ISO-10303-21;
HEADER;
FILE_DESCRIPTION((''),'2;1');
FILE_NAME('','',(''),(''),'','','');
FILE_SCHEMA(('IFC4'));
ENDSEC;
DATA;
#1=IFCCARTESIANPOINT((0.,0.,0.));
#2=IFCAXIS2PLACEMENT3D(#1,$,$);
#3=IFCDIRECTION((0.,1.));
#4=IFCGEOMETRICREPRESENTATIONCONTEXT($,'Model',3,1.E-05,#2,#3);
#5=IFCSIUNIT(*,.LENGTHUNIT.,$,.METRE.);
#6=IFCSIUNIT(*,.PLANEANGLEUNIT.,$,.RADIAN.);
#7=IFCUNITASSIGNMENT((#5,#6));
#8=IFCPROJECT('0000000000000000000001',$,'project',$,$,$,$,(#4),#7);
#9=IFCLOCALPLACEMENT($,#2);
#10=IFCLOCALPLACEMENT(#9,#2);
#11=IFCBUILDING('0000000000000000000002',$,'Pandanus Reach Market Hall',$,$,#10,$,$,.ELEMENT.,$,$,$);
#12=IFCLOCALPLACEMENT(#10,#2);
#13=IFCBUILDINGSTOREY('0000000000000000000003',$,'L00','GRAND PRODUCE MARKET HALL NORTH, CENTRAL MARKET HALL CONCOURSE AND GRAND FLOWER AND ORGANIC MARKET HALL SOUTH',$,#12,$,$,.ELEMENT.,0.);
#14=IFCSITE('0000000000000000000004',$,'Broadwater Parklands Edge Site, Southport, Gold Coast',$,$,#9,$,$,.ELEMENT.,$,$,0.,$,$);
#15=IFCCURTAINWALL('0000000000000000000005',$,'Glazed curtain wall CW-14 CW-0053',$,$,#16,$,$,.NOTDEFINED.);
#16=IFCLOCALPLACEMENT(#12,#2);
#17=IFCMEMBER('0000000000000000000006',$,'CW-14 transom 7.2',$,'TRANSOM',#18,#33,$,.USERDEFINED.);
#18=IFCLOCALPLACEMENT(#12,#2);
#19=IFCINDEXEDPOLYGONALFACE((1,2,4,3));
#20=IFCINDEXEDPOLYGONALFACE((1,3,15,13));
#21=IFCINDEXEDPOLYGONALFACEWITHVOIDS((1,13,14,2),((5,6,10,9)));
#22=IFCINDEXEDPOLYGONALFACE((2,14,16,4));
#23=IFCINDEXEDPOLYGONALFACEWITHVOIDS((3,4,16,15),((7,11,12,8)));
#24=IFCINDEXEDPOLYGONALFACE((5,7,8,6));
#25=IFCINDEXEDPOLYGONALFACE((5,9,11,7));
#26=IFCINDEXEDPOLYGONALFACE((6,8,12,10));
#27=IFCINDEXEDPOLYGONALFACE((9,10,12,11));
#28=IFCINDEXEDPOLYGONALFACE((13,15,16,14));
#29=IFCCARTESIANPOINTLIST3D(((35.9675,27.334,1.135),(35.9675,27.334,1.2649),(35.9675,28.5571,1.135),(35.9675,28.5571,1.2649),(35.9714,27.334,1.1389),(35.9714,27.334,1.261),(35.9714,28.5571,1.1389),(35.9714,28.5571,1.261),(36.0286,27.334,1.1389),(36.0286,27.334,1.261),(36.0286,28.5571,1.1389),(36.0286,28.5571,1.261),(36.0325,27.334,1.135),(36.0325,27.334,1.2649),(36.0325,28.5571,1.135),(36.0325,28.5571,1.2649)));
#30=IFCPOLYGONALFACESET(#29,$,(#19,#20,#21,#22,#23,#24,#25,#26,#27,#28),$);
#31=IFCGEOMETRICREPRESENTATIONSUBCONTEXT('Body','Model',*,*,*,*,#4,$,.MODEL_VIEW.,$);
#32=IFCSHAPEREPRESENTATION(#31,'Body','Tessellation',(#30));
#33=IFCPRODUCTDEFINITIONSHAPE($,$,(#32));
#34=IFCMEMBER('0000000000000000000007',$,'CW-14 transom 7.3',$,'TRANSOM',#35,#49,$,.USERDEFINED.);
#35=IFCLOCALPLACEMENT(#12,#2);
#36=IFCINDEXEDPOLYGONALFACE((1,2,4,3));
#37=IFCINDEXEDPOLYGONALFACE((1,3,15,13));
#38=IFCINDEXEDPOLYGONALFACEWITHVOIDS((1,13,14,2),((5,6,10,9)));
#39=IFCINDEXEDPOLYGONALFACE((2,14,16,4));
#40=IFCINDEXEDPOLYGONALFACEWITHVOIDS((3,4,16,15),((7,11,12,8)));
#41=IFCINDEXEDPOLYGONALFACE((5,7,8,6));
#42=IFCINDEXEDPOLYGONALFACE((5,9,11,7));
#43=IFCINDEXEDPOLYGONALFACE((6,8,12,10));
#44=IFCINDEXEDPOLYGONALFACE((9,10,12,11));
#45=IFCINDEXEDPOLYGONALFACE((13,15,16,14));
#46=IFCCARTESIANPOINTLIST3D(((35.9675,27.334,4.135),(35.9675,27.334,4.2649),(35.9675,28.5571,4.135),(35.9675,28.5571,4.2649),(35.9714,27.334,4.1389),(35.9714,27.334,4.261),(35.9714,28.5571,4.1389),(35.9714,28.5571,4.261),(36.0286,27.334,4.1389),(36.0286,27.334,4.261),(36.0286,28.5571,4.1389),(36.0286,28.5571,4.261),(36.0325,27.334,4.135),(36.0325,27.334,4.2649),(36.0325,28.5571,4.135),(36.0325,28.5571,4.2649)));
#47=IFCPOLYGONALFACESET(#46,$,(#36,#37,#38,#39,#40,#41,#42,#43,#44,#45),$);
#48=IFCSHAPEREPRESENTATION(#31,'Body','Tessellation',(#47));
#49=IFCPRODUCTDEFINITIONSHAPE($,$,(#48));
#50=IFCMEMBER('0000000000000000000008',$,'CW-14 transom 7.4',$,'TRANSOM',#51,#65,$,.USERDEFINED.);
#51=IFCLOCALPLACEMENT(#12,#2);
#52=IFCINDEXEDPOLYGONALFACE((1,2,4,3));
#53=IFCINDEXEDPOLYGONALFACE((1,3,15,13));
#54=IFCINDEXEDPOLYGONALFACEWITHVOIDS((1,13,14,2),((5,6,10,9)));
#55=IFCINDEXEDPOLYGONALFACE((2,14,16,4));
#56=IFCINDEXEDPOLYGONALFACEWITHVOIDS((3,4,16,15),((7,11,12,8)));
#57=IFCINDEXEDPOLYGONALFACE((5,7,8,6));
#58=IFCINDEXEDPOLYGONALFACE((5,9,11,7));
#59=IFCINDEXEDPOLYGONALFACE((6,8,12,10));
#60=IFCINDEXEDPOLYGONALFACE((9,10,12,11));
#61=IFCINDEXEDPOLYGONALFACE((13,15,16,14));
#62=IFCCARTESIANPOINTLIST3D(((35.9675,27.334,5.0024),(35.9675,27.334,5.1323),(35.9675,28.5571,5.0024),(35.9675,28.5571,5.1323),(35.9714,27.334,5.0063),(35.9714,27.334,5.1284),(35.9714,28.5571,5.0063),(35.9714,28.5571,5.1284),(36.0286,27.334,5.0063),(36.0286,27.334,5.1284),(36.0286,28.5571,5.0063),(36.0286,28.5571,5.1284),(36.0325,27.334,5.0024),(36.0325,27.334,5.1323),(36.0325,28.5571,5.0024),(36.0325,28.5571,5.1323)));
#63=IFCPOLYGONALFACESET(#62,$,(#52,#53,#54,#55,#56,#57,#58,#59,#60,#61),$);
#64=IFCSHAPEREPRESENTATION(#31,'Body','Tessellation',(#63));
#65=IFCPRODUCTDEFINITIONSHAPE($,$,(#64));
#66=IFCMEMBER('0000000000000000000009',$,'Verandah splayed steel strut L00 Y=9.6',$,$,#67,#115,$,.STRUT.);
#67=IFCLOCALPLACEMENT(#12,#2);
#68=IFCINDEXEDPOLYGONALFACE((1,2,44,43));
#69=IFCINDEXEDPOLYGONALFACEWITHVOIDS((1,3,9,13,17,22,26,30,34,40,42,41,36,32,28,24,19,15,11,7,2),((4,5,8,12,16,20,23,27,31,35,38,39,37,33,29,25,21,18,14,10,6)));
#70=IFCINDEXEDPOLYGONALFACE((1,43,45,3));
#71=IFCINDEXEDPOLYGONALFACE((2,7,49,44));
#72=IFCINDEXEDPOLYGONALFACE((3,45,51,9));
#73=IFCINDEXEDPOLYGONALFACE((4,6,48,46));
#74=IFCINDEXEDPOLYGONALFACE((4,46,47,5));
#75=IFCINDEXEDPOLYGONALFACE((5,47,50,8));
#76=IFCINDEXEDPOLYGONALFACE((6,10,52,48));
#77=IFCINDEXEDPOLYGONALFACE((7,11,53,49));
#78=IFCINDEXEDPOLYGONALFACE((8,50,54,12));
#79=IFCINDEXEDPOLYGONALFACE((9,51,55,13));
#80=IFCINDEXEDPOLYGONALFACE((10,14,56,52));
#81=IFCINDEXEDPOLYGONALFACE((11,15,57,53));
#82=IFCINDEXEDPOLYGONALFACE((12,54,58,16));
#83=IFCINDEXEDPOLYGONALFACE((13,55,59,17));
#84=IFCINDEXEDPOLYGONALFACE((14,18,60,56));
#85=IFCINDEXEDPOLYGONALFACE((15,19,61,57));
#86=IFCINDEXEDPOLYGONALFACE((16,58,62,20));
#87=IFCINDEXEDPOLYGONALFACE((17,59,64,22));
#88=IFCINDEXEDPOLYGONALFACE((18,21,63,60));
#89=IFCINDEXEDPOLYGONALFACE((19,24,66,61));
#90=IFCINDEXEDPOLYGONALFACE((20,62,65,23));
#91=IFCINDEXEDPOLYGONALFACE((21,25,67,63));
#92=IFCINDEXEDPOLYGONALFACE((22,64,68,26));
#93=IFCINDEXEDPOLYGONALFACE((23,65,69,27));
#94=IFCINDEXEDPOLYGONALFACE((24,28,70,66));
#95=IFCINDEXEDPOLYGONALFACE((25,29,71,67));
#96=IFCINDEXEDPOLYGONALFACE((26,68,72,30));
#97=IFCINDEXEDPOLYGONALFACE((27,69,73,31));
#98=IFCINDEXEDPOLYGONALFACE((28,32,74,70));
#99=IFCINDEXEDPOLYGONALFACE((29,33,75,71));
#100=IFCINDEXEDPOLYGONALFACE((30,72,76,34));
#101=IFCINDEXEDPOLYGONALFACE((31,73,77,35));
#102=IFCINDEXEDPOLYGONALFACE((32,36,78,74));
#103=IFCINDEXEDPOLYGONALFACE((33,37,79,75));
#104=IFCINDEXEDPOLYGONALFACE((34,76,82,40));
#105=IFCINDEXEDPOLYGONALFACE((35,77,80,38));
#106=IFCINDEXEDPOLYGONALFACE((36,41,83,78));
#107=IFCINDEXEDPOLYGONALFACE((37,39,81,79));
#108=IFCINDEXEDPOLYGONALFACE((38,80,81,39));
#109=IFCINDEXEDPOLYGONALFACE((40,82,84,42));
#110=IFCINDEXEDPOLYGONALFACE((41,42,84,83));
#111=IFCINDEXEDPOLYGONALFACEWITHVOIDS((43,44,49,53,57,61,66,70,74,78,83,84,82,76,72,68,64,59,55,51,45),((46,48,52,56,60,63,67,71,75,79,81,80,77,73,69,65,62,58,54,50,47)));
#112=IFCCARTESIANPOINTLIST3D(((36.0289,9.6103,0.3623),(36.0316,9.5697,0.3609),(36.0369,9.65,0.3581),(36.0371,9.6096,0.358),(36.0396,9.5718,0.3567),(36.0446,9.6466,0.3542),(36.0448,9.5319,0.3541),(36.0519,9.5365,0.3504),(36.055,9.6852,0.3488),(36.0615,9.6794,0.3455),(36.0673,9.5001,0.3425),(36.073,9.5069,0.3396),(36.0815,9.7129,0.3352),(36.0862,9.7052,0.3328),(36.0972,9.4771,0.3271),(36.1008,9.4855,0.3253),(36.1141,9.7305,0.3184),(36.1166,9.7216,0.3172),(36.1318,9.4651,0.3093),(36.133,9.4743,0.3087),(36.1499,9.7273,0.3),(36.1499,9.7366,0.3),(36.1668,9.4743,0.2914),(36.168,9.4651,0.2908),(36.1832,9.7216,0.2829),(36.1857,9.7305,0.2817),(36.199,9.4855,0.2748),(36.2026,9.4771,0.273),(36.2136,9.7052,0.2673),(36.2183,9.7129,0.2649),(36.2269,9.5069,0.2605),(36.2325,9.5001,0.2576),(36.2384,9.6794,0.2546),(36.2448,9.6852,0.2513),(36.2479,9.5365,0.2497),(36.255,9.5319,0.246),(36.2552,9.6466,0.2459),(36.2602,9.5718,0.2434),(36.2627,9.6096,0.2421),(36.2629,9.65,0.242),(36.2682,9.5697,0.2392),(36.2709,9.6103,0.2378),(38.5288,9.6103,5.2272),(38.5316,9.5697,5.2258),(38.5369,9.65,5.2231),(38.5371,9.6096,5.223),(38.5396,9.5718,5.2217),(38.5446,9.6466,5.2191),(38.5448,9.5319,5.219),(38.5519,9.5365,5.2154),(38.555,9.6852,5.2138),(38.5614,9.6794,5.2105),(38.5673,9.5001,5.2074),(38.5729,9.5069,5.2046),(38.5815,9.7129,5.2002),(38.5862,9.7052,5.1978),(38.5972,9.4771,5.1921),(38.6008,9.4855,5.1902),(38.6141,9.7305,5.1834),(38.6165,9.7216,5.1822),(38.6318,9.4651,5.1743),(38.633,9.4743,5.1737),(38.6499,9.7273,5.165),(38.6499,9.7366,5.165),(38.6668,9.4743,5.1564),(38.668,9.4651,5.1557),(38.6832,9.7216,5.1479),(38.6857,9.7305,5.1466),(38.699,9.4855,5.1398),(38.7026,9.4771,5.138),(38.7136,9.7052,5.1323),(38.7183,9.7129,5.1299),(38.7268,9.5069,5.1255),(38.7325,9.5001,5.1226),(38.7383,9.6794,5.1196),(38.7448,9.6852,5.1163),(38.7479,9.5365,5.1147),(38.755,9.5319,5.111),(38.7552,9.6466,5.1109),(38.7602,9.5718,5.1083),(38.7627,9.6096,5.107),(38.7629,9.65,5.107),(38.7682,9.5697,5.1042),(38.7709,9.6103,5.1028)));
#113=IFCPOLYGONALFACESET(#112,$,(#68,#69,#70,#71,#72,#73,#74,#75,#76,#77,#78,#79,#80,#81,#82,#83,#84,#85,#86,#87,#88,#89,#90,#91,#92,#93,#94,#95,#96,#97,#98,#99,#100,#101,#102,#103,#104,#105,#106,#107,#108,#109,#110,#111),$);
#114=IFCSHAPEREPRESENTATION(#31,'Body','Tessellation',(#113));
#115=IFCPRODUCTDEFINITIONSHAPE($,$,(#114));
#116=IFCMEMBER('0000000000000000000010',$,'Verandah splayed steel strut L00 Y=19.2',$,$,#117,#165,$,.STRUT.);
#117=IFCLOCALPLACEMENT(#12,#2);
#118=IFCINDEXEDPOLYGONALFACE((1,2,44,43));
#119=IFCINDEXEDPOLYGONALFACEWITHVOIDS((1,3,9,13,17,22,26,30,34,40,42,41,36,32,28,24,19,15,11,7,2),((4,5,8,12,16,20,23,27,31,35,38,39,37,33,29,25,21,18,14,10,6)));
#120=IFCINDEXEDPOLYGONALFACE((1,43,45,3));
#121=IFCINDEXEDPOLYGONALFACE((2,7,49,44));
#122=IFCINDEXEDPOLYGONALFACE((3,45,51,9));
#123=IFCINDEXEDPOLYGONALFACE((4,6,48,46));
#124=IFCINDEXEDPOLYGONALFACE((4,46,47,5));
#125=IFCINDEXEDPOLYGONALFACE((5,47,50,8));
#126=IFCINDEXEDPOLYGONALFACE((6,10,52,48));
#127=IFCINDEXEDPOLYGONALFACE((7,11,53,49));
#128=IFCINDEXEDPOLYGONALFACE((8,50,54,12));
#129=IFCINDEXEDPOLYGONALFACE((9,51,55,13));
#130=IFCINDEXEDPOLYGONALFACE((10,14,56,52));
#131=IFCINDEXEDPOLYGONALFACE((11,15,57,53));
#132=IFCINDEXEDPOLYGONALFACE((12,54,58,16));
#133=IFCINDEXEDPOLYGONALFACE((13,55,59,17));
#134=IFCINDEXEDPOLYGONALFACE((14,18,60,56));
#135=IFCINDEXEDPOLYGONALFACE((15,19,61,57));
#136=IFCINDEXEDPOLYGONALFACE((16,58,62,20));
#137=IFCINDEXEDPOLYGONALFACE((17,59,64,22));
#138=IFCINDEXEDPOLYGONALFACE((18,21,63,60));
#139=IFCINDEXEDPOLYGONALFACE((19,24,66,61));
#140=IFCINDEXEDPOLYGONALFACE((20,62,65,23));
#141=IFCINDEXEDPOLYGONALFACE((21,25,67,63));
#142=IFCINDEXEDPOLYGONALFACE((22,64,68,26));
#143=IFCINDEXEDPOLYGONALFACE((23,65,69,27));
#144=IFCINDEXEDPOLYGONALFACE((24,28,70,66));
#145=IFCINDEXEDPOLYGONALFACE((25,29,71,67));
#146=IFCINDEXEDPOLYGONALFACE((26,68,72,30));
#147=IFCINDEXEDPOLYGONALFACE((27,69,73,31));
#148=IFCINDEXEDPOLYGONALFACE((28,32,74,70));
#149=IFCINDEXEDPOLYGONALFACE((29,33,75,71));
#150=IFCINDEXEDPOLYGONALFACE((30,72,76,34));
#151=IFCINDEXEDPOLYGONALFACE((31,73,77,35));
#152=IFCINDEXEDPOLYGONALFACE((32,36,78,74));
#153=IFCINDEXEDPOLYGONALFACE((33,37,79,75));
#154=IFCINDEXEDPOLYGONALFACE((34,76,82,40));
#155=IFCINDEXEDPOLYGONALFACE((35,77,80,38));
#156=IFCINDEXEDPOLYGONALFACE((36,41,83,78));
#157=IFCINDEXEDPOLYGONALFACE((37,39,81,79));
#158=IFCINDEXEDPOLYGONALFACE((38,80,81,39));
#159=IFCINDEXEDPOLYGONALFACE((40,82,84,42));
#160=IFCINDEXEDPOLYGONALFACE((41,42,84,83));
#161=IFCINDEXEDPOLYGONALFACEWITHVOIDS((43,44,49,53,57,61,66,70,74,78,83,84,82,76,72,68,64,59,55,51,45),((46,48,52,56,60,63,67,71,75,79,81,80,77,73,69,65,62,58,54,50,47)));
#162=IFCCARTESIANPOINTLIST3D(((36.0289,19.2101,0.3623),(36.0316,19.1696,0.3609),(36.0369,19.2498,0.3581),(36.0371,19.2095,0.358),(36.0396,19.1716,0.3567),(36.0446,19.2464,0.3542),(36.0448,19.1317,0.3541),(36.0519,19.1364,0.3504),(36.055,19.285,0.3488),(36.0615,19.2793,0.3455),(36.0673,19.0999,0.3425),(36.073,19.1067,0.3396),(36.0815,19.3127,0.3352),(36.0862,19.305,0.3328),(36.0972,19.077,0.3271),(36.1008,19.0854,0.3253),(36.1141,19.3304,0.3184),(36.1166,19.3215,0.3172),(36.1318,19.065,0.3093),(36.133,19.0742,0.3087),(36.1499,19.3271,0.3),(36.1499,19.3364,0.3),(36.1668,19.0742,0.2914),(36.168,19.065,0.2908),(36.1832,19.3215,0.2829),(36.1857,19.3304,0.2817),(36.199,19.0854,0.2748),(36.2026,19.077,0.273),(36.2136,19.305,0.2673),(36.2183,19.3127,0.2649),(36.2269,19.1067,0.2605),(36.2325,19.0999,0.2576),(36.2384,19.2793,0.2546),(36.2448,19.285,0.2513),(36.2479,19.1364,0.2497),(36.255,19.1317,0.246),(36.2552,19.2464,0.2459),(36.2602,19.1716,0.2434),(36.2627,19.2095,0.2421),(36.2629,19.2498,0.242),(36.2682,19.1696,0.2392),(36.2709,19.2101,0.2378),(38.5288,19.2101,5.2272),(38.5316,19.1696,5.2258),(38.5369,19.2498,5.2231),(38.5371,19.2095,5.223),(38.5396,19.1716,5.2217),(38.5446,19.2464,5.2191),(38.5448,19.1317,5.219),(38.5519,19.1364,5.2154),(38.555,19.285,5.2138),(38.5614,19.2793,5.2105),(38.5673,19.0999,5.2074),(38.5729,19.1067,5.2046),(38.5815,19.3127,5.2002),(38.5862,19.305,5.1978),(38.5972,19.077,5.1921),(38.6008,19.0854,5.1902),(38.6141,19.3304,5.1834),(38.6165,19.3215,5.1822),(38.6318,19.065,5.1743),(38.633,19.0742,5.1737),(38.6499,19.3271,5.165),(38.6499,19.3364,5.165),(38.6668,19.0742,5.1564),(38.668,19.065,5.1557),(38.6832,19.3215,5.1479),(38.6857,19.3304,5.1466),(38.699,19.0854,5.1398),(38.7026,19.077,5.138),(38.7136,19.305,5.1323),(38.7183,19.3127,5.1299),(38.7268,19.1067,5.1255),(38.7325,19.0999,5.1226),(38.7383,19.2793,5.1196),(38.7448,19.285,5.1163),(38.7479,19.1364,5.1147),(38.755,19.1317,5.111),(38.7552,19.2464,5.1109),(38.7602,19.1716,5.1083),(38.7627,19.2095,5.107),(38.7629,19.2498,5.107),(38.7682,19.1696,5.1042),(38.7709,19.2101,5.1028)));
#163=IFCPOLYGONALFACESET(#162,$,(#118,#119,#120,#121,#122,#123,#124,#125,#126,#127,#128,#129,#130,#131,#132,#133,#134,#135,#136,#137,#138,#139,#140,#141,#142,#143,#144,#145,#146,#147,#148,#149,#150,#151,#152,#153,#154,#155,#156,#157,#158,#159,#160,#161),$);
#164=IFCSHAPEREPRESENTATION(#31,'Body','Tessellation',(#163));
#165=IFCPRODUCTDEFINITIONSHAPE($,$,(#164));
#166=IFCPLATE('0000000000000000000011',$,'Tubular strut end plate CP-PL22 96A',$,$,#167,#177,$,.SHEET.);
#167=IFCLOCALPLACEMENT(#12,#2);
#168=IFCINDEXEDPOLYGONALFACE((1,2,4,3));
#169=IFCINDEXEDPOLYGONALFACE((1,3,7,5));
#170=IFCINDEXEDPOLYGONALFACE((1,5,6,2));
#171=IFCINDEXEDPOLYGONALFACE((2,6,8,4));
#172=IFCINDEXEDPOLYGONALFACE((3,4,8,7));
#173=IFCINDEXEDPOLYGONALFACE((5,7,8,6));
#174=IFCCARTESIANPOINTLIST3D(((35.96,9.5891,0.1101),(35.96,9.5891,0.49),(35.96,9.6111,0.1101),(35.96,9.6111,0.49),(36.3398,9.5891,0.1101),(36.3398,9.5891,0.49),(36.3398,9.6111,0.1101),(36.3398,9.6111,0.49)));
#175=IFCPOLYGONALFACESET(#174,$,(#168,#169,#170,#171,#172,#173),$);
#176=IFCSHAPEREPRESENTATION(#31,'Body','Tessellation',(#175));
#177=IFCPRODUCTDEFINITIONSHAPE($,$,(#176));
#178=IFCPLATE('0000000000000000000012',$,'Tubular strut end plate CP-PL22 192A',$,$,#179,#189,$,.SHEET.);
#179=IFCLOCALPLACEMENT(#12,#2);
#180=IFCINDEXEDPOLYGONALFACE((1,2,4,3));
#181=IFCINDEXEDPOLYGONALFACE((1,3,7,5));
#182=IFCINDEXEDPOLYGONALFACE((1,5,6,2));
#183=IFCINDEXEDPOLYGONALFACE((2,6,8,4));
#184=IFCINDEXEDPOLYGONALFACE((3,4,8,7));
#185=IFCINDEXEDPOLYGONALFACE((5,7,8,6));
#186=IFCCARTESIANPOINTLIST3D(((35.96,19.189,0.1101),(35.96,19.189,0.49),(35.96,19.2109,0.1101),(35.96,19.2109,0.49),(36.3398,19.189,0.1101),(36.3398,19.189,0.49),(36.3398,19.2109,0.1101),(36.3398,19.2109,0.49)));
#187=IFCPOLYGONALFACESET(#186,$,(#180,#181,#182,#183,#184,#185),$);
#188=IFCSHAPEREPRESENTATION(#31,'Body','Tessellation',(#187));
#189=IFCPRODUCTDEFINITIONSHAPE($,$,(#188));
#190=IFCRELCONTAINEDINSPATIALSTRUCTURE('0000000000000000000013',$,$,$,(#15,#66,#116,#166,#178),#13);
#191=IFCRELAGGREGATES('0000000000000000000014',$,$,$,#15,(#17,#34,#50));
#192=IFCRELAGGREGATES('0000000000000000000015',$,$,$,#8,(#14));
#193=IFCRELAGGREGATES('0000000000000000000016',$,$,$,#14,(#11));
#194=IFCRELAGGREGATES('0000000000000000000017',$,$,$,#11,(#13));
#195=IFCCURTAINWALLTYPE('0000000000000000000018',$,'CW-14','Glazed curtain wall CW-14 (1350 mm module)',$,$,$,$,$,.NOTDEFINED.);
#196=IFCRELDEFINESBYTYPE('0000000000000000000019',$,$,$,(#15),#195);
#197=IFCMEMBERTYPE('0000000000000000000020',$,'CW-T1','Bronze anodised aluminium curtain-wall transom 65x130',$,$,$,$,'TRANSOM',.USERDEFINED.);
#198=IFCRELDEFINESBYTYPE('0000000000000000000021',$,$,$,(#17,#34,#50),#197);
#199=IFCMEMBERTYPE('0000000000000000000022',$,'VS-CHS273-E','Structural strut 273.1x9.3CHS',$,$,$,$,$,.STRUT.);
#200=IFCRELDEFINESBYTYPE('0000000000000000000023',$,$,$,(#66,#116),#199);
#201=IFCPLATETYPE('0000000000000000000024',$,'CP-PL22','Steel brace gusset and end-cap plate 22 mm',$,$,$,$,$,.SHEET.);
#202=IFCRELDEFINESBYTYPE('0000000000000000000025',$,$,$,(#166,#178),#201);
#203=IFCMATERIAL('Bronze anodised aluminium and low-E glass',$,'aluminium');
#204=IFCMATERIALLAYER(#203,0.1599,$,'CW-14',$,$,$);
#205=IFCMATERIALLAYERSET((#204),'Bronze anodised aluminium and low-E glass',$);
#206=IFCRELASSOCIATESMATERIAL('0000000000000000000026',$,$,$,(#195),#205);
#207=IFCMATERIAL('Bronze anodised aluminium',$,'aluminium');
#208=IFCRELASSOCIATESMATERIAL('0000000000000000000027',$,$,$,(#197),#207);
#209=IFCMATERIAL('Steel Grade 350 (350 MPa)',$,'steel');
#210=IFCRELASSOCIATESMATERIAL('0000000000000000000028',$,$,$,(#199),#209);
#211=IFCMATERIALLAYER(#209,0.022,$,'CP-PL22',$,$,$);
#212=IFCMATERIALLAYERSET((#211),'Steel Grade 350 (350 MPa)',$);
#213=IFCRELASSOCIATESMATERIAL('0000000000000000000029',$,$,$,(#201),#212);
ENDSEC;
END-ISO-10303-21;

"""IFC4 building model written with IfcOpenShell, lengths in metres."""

from ifc_helpers import new_model, si_unit, direction, frame, origin, origin_2d, place, context, subcontext, project, spatial, rectangle, hollow_rectangle, hollow_circle, extrude, material, layer, layer_set, material_profile, profile_set, type_object, element, aggregate, save


model = new_model("IFC4")

# Units and contexts
model_context = context("Model", 3, precision=1e-05, world=origin(), true_north=direction((0.0, 1.0)))
body_context = subcontext(model_context, "Body", "Model", "MODEL_VIEW")
ifc_project = project(units=[si_unit("LENGTHUNIT", "METRE"), si_unit("PLANEANGLEUNIT", "RADIAN")], contexts=[model_context])

# Site, building, storey
site_placement = place(None, origin())
site = spatial("IfcSite", under=ifc_project, at=site_placement, Name="Broadwater Parklands Edge Site, Southport, Gold Coast", CompositionType="ELEMENT", RefElevation=0.0)
building_placement = place(site_placement, origin())
building = spatial("IfcBuilding", under=site, at=building_placement, Name="Pandanus Reach Market Hall", CompositionType="ELEMENT")
storey_placement = place(building_placement, origin())
storey = spatial("IfcBuildingStorey", under=building, at=storey_placement, Name="L00", Description="GRAND PRODUCE MARKET HALL NORTH, CENTRAL MARKET HALL CONCOURSE AND GRAND FLOWER AND ORGANIC MARKET HALL SOUTH", CompositionType="ELEMENT", Elevation=0.0)

# Shared definitions
ifc_material_1 = material(Name="Steel Grade 350 (350 MPa)", Category="steel")

# Curtain wall, members
ifc_material_2 = material(Name="Bronze anodised aluminium and low-E glass", Category="aluminium")
ifc_layer_1 = layer(ifc_material_2, 0.1599, Name="CW-14")
ifc_layer_set_1 = layer_set([ifc_layer_1], Name="Bronze anodised aluminium and low-E glass")
curtain_wall_type = type_object("IfcCurtainWallType", Name="CW-14", Description="Glazed curtain wall CW-14 (1350 mm module)", PredefinedType="NOTDEFINED", material=ifc_layer_set_1)
curtain_wall_placement = place(storey_placement, origin())
curtain_wall = element("IfcCurtainWall", 1, at=curtain_wall_placement, inside=storey, type_object=curtain_wall_type, Name="Glazed curtain wall CW-14 CW-0053", PredefinedType="NOTDEFINED")
ifc_material_3 = material(Name="Bronze anodised aluminium", Category="aluminium")
ifc_material_profile_1 = material_profile(ifc_material_3, hollow_rectangle(XDim=0.0649, YDim=0.1299, WallThickness=0.0039, at=origin_2d()), Name="ALU65x130", Category="LoadBearing")
ifc_profile_set_1 = profile_set([ifc_material_profile_1], Name="Bronze anodised aluminium")
member_type_1 = type_object("IfcMemberType", Name="CW-T1", Description="Bronze anodised aluminium curtain-wall transom 65x130", ElementType="TRANSOM", PredefinedType="USERDEFINED", material=ifc_profile_set_1)
member_1_placement = place(storey_placement, frame((36.0, 27.334, 1.2), z_axis=(0.0, 1.0, 0.0), x_axis=(-1.0, 0.0, 0.0)))
member_1 = element("IfcMember", 2, at=member_1_placement, type_object=member_type_1, Name="CW-14 transom 7.2", ObjectType="TRANSOM", PredefinedType="USERDEFINED", context=body_context, shape_type="SweptSolid", body=[
    extrude(hollow_rectangle(XDim=0.0649, YDim=0.1299, WallThickness=0.0039, at=origin_2d()), origin(), (0.0, 0.0, 1.0), 1.2231),
])
member_2_placement = place(storey_placement, frame((36.0, 27.334, 4.2), z_axis=(0.0, 1.0, 0.0), x_axis=(-1.0, 0.0, 0.0)))
member_2 = element("IfcMember", 3, at=member_2_placement, type_object=member_type_1, Name="CW-14 transom 7.3", ObjectType="TRANSOM", PredefinedType="USERDEFINED", context=body_context, shape_type="SweptSolid", body=[
    extrude(hollow_rectangle(XDim=0.0649, YDim=0.1299, WallThickness=0.0039, at=origin_2d()), origin(), (0.0, 0.0, 1.0), 1.2231),
])
member_3_placement = place(storey_placement, frame((36.0, 27.334, 5.0674), z_axis=(0.0, 1.0, 0.0), x_axis=(-1.0, 0.0, 0.0)))
member_3 = element("IfcMember", 4, at=member_3_placement, type_object=member_type_1, Name="CW-14 transom 7.4", ObjectType="TRANSOM", PredefinedType="USERDEFINED", context=body_context, shape_type="SweptSolid", body=[
    extrude(hollow_rectangle(XDim=0.0649, YDim=0.1299, WallThickness=0.0039, at=origin_2d()), origin(), (0.0, 0.0, 1.0), 1.2231),
])

# Members
ifc_material_profile_2 = material_profile(ifc_material_1, hollow_circle(Radius=0.1365, WallThickness=0.0093, at=origin_2d()), Name="273.1x9.3CHS", Category="LoadBearing")
ifc_profile_set_2 = profile_set([ifc_material_profile_2], Name="Steel Grade 350 (350 MPa)")
member_type_2 = type_object("IfcMemberType", Name="VS-CHS273-E", Description="Structural strut 273.1x9.3CHS", PredefinedType="STRUT", material=ifc_profile_set_2)
for number, where, z_axis, x_axis, name in (
    (5, (36.1499, 9.6001, 0.3), (0.45706, 0.0, 0.889436), (0.0, 1.0, 0.0), "Verandah splayed steel strut L00 Y=9.6"),
    (6, (36.1499, 19.2, 0.3), (0.45706, 0.0, 0.889436), (0.0, 1.0, 0.0), "Verandah splayed steel strut L00 Y=19.2"),
):
    element("IfcMember", number, at=place(storey_placement, frame(where, z_axis=z_axis, x_axis=x_axis)), inside=storey, type_object=member_type_2, Name=name, PredefinedType="STRUT", context=body_context, shape_type="SweptSolid", body=[
        extrude(hollow_circle(Radius=0.1365, WallThickness=0.0093, at=origin_2d()), origin(), (0.0, 0.0, 1.0), 5.4697),
    ])

# Plates
ifc_layer_2 = layer(ifc_material_1, 0.022, Name="CP-PL22")
ifc_layer_set_2 = layer_set([ifc_layer_2], Name="Steel Grade 350 (350 MPa)")
plate_type_1 = type_object("IfcPlateType", Name="CP-PL22", Description="Steel brace gusset and end-cap plate 22 mm", PredefinedType="SHEET", material=ifc_layer_set_2)
for number, where, z_axis, x_axis, name in (
    (7, (36.1499, 9.6001, 0.1101), (0.0, 0.0, 1.0), (1.0, 0.0, 0.0), "Tubular strut end plate CP-PL22 96A"),
    (8, (36.1499, 19.2, 0.1101), (0.0, 0.0, 1.0), (1.0, 0.0, 0.0), "Tubular strut end plate CP-PL22 192A"),
):
    element("IfcPlate", number, at=place(storey_placement, frame(where, z_axis=z_axis, x_axis=x_axis)), inside=storey, type_object=plate_type_1, Name=name, PredefinedType="SHEET", context=body_context, shape_type="SweptSolid", body=[
        extrude(rectangle(XDim=0.3799, YDim=0.022, at=origin_2d()), origin(), (0.0, 0.0, 1.0), 0.3799),
    ])

aggregate(curtain_wall, [member_1, member_2, member_3])

save(model, "model.ifc")
